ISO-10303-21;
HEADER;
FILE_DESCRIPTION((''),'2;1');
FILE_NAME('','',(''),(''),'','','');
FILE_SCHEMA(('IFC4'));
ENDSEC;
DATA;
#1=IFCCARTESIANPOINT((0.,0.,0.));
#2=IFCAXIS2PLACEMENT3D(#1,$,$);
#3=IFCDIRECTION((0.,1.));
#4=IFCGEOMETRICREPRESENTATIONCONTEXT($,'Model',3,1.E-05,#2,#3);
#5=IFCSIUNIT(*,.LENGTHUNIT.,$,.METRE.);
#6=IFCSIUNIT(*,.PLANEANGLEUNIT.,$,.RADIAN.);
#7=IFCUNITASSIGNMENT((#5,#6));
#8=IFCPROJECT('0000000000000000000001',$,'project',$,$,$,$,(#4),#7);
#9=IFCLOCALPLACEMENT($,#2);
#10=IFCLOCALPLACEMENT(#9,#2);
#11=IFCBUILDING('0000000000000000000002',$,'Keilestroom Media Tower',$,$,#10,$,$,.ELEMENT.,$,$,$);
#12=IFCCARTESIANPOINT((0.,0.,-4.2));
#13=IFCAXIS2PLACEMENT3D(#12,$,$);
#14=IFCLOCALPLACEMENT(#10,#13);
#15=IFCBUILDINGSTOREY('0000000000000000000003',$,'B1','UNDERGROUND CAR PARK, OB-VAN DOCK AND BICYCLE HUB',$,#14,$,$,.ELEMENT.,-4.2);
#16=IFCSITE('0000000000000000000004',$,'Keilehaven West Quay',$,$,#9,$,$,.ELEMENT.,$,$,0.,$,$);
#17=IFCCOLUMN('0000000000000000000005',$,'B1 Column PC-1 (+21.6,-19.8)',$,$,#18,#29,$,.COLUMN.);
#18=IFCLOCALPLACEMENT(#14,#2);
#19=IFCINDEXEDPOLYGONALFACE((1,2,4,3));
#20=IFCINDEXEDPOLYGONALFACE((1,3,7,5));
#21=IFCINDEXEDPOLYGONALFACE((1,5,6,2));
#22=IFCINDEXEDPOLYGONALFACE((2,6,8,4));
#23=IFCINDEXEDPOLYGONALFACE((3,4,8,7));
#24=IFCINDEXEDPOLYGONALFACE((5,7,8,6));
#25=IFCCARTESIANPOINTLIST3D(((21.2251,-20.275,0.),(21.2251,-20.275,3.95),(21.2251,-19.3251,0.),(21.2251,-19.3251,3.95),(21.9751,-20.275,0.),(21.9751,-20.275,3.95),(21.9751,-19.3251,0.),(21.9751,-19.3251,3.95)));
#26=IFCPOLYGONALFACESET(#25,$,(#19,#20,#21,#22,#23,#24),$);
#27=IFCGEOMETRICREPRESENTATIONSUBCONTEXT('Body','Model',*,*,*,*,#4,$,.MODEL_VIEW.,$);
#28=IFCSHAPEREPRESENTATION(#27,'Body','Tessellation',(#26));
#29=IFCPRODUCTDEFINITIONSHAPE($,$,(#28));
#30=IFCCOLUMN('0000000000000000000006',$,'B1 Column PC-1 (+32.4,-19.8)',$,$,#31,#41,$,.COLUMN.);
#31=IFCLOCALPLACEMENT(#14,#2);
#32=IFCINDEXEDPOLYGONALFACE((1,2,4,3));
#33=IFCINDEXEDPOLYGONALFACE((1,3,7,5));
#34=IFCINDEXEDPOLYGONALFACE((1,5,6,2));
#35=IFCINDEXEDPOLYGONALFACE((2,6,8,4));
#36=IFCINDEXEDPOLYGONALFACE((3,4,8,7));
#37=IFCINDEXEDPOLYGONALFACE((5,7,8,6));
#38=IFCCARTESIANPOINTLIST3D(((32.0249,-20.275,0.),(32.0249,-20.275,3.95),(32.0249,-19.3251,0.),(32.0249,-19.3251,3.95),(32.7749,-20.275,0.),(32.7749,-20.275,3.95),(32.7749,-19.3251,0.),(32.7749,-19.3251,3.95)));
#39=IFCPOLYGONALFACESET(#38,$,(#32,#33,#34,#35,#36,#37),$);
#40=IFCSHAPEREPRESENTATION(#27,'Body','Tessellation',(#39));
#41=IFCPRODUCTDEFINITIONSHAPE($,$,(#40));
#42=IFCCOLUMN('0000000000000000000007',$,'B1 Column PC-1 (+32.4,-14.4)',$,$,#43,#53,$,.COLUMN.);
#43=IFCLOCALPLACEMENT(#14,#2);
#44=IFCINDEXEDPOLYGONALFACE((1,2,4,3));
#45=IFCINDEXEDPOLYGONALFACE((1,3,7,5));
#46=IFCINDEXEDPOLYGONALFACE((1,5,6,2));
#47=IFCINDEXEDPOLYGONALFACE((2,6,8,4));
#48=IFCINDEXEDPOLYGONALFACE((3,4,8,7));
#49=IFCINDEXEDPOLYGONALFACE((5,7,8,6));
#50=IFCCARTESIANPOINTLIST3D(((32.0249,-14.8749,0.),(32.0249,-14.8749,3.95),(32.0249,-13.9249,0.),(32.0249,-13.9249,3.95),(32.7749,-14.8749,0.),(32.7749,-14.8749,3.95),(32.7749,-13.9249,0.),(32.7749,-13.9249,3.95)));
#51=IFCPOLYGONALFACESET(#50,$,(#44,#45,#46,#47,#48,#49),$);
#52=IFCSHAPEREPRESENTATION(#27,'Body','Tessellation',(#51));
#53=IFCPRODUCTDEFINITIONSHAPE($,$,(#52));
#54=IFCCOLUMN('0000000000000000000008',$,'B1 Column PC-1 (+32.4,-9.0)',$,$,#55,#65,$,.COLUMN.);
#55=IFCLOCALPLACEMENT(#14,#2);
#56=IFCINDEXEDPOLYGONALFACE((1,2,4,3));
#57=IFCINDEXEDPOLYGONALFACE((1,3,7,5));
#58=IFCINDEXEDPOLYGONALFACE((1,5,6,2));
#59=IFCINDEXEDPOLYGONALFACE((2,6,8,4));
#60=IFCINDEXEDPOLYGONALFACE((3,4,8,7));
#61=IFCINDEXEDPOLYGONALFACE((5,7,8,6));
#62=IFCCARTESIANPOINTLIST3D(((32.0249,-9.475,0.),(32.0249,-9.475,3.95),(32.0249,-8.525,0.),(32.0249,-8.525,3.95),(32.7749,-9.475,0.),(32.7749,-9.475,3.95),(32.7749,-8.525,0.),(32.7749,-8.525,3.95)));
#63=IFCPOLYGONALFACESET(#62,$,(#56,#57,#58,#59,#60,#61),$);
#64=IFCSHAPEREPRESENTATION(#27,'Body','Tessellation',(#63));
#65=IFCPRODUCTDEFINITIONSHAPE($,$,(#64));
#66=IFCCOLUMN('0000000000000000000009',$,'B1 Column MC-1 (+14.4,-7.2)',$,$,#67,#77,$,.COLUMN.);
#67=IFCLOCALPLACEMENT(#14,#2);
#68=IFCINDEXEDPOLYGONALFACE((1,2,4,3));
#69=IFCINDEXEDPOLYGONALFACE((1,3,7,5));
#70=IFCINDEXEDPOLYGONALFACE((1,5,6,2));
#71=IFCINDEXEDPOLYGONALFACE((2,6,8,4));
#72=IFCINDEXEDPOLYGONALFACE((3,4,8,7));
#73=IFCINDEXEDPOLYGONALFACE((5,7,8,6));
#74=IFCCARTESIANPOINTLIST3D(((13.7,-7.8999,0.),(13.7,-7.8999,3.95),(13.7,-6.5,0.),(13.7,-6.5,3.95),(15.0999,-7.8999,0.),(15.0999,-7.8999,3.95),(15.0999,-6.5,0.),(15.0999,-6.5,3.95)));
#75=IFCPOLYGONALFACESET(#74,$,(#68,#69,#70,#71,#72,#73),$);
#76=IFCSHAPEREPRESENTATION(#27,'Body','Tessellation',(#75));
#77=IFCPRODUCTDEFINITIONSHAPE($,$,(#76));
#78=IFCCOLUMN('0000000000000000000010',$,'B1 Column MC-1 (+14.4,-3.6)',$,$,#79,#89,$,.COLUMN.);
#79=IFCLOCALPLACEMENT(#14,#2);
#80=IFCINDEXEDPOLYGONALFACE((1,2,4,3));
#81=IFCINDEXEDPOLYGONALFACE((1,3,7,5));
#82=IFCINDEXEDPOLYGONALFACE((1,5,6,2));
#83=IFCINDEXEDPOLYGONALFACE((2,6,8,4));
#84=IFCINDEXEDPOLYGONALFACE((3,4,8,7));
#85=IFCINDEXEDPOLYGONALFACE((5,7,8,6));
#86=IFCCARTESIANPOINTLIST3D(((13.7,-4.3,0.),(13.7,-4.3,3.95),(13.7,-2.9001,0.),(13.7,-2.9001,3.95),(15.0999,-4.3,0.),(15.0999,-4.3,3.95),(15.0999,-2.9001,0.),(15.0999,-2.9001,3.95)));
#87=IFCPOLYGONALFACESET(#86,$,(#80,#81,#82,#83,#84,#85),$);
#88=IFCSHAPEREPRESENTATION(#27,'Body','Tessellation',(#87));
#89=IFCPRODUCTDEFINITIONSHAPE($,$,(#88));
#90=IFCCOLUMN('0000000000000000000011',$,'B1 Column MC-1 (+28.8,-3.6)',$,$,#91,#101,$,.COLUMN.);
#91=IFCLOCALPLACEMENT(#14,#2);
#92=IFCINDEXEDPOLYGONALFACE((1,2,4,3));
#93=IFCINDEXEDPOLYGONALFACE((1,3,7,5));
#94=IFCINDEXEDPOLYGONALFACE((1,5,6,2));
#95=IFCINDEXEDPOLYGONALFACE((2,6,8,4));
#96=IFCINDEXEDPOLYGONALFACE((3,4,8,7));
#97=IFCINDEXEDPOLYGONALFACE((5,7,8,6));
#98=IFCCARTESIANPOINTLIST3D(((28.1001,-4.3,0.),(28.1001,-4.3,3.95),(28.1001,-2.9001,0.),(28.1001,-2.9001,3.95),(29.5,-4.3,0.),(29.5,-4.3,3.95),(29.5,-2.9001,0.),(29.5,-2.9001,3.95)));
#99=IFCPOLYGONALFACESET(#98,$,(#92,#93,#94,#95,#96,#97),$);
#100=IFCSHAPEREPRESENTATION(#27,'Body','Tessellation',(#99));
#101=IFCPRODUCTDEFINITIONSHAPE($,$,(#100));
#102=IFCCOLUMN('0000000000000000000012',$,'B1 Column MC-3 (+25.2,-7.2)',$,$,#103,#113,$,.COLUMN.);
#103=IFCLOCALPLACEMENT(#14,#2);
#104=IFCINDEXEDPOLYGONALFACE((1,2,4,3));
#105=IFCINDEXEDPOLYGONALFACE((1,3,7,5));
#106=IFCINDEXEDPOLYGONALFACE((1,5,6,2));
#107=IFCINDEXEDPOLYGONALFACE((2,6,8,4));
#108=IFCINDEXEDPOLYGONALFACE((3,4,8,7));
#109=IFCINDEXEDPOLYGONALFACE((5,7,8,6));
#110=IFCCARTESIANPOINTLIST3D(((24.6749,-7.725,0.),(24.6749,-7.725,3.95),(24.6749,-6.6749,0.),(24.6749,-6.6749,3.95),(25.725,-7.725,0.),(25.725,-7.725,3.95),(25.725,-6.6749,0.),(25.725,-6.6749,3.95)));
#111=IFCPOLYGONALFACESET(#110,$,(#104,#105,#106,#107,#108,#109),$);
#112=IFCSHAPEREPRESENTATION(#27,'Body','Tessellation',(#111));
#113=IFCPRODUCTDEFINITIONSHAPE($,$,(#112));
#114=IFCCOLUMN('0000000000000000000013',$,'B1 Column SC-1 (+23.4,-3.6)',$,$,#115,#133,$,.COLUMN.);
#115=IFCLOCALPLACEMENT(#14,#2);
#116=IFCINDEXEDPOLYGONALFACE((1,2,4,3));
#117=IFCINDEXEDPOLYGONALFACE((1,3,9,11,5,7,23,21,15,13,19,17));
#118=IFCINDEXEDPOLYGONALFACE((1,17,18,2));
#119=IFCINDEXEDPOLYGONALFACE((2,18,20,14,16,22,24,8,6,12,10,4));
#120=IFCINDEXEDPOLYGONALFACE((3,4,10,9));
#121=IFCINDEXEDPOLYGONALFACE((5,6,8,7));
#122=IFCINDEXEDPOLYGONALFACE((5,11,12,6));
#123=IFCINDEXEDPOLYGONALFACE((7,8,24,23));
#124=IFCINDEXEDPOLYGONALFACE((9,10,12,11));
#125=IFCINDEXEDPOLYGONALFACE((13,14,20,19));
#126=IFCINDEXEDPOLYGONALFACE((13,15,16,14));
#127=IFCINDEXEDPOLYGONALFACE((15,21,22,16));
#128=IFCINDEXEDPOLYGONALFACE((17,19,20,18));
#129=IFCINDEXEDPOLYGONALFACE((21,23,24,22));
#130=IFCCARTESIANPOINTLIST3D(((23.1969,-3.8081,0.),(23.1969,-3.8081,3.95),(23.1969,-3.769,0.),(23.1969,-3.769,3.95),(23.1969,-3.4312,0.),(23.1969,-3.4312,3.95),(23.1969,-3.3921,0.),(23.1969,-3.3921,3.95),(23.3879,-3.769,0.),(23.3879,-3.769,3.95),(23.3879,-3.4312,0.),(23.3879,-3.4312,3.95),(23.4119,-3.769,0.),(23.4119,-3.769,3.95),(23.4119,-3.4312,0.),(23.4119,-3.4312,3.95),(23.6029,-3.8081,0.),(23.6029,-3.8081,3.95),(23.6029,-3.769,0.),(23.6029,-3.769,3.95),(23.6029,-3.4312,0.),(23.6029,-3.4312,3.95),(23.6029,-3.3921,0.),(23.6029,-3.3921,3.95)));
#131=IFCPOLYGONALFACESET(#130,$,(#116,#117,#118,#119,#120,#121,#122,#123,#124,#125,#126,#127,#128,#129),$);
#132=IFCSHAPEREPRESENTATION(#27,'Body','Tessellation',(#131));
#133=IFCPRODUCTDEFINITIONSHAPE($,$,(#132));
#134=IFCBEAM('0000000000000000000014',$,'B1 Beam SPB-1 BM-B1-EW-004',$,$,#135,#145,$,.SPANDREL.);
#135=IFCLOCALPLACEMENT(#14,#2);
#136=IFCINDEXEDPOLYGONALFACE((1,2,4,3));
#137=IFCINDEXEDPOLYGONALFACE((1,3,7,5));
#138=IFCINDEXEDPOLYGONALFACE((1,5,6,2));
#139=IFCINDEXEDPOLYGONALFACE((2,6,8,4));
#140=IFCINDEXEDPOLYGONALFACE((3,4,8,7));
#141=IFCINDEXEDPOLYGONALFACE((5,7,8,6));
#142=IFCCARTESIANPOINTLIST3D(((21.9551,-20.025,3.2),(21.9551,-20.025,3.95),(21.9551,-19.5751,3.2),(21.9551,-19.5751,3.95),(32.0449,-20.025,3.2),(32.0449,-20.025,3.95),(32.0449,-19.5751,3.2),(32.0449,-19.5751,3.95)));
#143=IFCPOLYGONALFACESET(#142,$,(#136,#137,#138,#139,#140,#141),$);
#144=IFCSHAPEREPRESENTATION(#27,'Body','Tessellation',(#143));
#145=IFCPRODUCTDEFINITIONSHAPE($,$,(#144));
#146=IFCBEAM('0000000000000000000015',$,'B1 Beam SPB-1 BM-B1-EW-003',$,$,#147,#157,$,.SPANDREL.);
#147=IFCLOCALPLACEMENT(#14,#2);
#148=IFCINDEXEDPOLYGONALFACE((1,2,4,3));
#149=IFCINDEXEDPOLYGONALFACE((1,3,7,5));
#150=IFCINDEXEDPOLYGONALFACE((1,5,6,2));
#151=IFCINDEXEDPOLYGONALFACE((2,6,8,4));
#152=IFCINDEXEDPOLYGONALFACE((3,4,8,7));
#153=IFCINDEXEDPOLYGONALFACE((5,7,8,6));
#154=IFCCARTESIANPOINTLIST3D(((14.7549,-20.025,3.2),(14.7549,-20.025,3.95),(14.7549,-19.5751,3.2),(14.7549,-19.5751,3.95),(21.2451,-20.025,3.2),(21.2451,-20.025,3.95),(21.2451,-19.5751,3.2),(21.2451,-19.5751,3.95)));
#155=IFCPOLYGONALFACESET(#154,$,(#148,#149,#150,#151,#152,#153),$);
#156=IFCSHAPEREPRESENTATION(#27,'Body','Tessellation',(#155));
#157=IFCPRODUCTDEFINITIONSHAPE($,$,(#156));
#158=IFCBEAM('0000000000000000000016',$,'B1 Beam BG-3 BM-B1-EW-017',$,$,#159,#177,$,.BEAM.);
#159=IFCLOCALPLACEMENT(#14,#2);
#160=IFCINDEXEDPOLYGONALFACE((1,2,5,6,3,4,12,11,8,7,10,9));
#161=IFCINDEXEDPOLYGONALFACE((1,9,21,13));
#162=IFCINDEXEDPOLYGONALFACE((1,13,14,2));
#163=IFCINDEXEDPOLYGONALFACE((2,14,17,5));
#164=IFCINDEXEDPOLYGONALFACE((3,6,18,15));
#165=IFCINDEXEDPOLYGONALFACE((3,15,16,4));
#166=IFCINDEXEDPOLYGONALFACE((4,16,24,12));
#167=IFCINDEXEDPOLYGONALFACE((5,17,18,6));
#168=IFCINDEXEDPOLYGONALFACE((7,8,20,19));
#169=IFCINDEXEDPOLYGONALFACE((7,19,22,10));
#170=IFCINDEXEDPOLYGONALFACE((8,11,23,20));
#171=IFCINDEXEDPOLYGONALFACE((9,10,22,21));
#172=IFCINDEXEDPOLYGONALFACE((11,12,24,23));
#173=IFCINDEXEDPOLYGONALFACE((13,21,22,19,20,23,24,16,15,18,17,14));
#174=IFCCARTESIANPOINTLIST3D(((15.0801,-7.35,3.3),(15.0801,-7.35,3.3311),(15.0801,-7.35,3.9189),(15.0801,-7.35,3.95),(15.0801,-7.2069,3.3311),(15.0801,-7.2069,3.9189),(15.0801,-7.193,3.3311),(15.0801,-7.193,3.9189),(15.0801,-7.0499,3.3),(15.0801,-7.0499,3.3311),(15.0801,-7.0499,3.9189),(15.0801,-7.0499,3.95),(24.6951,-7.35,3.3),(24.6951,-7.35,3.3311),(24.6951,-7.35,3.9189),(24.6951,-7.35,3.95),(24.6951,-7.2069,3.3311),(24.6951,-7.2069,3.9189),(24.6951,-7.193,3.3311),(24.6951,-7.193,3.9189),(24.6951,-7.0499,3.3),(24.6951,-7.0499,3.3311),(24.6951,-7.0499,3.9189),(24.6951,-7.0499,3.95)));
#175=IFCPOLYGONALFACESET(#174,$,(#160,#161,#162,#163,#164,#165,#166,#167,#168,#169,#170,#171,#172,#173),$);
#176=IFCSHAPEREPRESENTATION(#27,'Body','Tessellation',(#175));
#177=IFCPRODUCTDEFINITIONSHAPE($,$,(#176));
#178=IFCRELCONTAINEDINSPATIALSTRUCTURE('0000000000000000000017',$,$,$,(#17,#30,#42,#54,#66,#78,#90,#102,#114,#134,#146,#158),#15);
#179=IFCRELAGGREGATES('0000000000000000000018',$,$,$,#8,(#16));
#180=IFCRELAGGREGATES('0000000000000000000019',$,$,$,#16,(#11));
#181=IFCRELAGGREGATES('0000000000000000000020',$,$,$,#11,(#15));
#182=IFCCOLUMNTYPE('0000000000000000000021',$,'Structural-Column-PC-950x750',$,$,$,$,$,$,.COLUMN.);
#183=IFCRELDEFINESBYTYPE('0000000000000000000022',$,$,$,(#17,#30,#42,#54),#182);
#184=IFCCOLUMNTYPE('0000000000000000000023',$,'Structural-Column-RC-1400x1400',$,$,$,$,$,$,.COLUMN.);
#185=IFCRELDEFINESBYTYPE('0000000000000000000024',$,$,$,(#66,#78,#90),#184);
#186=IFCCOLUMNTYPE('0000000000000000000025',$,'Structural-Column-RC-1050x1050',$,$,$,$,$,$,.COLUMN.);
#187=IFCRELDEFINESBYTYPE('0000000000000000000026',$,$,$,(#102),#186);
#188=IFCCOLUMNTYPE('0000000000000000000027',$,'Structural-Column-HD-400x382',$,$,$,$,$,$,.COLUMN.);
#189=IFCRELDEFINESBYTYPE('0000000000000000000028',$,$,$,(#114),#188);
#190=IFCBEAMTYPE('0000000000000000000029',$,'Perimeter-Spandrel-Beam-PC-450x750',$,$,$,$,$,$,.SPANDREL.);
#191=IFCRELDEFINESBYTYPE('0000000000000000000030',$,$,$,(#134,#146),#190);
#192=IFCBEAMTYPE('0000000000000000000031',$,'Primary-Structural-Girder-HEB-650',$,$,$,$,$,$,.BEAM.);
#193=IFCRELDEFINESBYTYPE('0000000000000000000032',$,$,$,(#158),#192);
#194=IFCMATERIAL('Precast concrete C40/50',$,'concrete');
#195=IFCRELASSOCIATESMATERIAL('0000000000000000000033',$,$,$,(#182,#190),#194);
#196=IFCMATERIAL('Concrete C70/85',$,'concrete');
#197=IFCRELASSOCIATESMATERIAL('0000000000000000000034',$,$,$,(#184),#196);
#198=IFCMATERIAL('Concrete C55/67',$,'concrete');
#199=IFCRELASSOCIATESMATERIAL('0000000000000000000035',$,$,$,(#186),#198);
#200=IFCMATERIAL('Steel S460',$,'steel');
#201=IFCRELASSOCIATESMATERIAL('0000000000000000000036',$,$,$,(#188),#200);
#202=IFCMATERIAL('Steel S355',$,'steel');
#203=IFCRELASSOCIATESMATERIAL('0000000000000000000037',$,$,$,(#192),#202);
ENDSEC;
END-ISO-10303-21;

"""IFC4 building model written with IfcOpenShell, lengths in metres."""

from ifc_helpers import new_model, si_unit, direction, frame, origin, origin_2d, place, context, subcontext, project, spatial, rectangle, i_section, extrude, source, transform, mapped, material, material_profile, profile_set, type_object, element, save


model = new_model("IFC4")

# Units and contexts
model_context = context("Model", 3, precision=1e-05, world=origin(), true_north=direction((0.0, 1.0)))
body_context = subcontext(model_context, "Body", "Model", "MODEL_VIEW")
ifc_project = project(units=[si_unit("LENGTHUNIT", "METRE"), si_unit("PLANEANGLEUNIT", "RADIAN")], contexts=[model_context])

# Site, building, storey
site_placement = place(None, origin())
site = spatial("IfcSite", under=ifc_project, at=site_placement, Name="Keilehaven West Quay", CompositionType="ELEMENT", RefElevation=0.0)
building_placement = place(site_placement, origin())
building = spatial("IfcBuilding", under=site, at=building_placement, Name="Keilestroom Media Tower", CompositionType="ELEMENT")
storey_placement = place(building_placement, frame((0.0, 0.0, -4.2)))
storey = spatial("IfcBuildingStorey", under=building, at=storey_placement, Name="B1", Description="UNDERGROUND CAR PARK, OB-VAN DOCK AND BICYCLE HUB", CompositionType="ELEMENT", Elevation=-4.2)

# Columns
ifc_material_1 = material(Name="Precast concrete C40/50", Category="concrete")
ifc_material_profile_1 = material_profile(ifc_material_1, rectangle(XDim=0.75, YDim=0.95, at=origin_2d()), Name="PC 950x750")
ifc_profile_set_1 = profile_set([ifc_material_profile_1], Name="Precast concrete C40/50")
column_type_1 = type_object("IfcColumnType", Name="Structural-Column-PC-950x750", PredefinedType="COLUMN", material=ifc_profile_set_1)
shared_shape_1 = source(origin(), body_context, "Body", "SweptSolid", [
    extrude(rectangle(XDim=0.75, YDim=0.95, at=origin_2d()), origin(), (0.0, 0.0, 1.0), 3.95),
])
for number, where, z_axis, x_axis, name in (
    (1, (21.6001, -19.8, 0.0), (0.0, 0.0, 1.0), (1.0, 0.0, 0.0), "B1 Column PC-1 (+21.6,-19.8)"),
    (2, (32.3999, -19.8, 0.0), (0.0, 0.0, 1.0), (1.0, 0.0, 0.0), "B1 Column PC-1 (+32.4,-19.8)"),
    (3, (32.3999, -14.3999, 0.0), (0.0, 0.0, 1.0), (1.0, 0.0, 0.0), "B1 Column PC-1 (+32.4,-14.4)"),
    (4, (32.3999, -9.0, 0.0), (0.0, 0.0, 1.0), (1.0, 0.0, 0.0), "B1 Column PC-1 (+32.4,-9.0)"),
):
    element("IfcColumn", number, at=place(storey_placement, frame(where, z_axis=z_axis, x_axis=x_axis)), inside=storey, type_object=column_type_1, Name=name, PredefinedType="COLUMN", context=body_context, shape_type="MappedRepresentation", body=[
        mapped(shared_shape_1, transform((0.0, 0.0, 0.0), x_axis=(1.0, 0.0, 0.0), y_axis=(0.0, 1.0, 0.0), z_axis=(0.0, 0.0, 1.0), scale=1.0)),
    ])
ifc_material_2 = material(Name="Concrete C70/85", Category="concrete")
ifc_material_profile_2 = material_profile(ifc_material_2, rectangle(XDim=1.3999, YDim=1.3999, at=origin_2d()), Name="RC 1400x1400")
ifc_profile_set_2 = profile_set([ifc_material_profile_2], Name="Concrete C70/85")
column_type_2 = type_object("IfcColumnType", Name="Structural-Column-RC-1400x1400", PredefinedType="COLUMN", material=ifc_profile_set_2)
shared_shape_2 = source(origin(), body_context, "Body", "SweptSolid", [
    extrude(rectangle(XDim=1.3999, YDim=1.3999, at=origin_2d()), origin(), (0.0, 0.0, 1.0), 3.95),
])
for number, where, z_axis, x_axis, name in (
    (5, (14.3999, -7.2, 0.0), (0.0, 0.0, 1.0), (1.0, 0.0, 0.0), "B1 Column MC-1 (+14.4,-7.2)"),
    (6, (14.3999, -3.6001, 0.0), (0.0, 0.0, 1.0), (1.0, 0.0, 0.0), "B1 Column MC-1 (+14.4,-3.6)"),
    (7, (28.8, -3.6001, 0.0), (0.0, 0.0, 1.0), (1.0, 0.0, 0.0), "B1 Column MC-1 (+28.8,-3.6)"),
):
    element("IfcColumn", number, at=place(storey_placement, frame(where, z_axis=z_axis, x_axis=x_axis)), inside=storey, type_object=column_type_2, Name=name, PredefinedType="COLUMN", context=body_context, shape_type="MappedRepresentation", body=[
        mapped(shared_shape_2, transform((0.0, 0.0, 0.0), x_axis=(1.0, 0.0, 0.0), y_axis=(0.0, 1.0, 0.0), z_axis=(0.0, 0.0, 1.0), scale=1.0)),
    ])
ifc_material_3 = material(Name="Concrete C55/67", Category="concrete")
ifc_material_profile_3 = material_profile(ifc_material_3, rectangle(XDim=1.05, YDim=1.05, at=origin_2d()), Name="RC 1050x1050")
ifc_profile_set_3 = profile_set([ifc_material_profile_3], Name="Concrete C55/67")
column_type_3 = type_object("IfcColumnType", Name="Structural-Column-RC-1050x1050", PredefinedType="COLUMN", material=ifc_profile_set_3)
shared_shape_3 = source(origin(), body_context, "Body", "SweptSolid", [
    extrude(rectangle(XDim=1.05, YDim=1.05, at=origin_2d()), origin(), (0.0, 0.0, 1.0), 3.95),
])
column_1_placement = place(storey_placement, frame((25.2, -7.2, 0.0), z_axis=(0.0, 0.0, 1.0), x_axis=(1.0, 0.0, 0.0)))
element("IfcColumn", 8, at=column_1_placement, inside=storey, type_object=column_type_3, Name="B1 Column MC-3 (+25.2,-7.2)", PredefinedType="COLUMN", context=body_context, shape_type="MappedRepresentation", body=[
    mapped(shared_shape_3, transform((0.0, 0.0, 0.0), x_axis=(1.0, 0.0, 0.0), y_axis=(0.0, 1.0, 0.0), z_axis=(0.0, 0.0, 1.0), scale=1.0)),
])
ifc_material_4 = material(Name="Steel S460", Category="steel")
ifc_material_profile_4 = material_profile(ifc_material_4, i_section(OverallWidth=0.406, OverallDepth=0.416, WebThickness=0.0239, FlangeThickness=0.0391, at=origin_2d()), Name="HD 400x382")
ifc_profile_set_4 = profile_set([ifc_material_profile_4], Name="Steel S460")
column_type_4 = type_object("IfcColumnType", Name="Structural-Column-HD-400x382", PredefinedType="COLUMN", material=ifc_profile_set_4)
shared_shape_4 = source(origin(), body_context, "Body", "SweptSolid", [
    extrude(i_section(OverallWidth=0.406, OverallDepth=0.416, WebThickness=0.0239, FlangeThickness=0.0391, at=origin_2d()), origin(), (0.0, 0.0, 1.0), 3.95),
])
column_2_placement = place(storey_placement, frame((23.3999, -3.6001, 0.0), z_axis=(0.0, 0.0, 1.0), x_axis=(1.0, 0.0, 0.0)))
element("IfcColumn", 9, at=column_2_placement, inside=storey, type_object=column_type_4, Name="B1 Column SC-1 (+23.4,-3.6)", PredefinedType="COLUMN", context=body_context, shape_type="MappedRepresentation", body=[
    mapped(shared_shape_4, transform((0.0, 0.0, 0.0), x_axis=(1.0, 0.0, 0.0), y_axis=(0.0, 1.0, 0.0), z_axis=(0.0, 0.0, 1.0), scale=1.0)),
])

# Beams
ifc_material_profile_5 = material_profile(ifc_material_1, rectangle(XDim=0.45, YDim=0.75, at=origin_2d()), Name="PC 450x750")
ifc_profile_set_5 = profile_set([ifc_material_profile_5], Name="Precast concrete C40/50")
beam_type_1 = type_object("IfcBeamType", Name="Perimeter-Spandrel-Beam-PC-450x750", PredefinedType="SPANDREL", material=ifc_profile_set_5)
shared_shape_5 = source(origin(), body_context, "Body", "SweptSolid", [
    extrude(rectangle(XDim=0.45, YDim=0.75, at=origin_2d()), origin(), (0.0, 0.0, 1.0), 10.0898),
])
beam_1_placement = place(storey_placement, frame((21.9551, -19.8, 3.575), z_axis=(1.0, 0.0, 0.0), x_axis=(0.0, 1.0, 0.0)))
element("IfcBeam", 10, at=beam_1_placement, inside=storey, type_object=beam_type_1, Name="B1 Beam SPB-1 BM-B1-EW-004", PredefinedType="SPANDREL", context=body_context, shape_type="MappedRepresentation", body=[
    mapped(shared_shape_5, transform((0.0, 0.0, 0.0), x_axis=(1.0, 0.0, 0.0), y_axis=(0.0, 1.0, 0.0), z_axis=(0.0, 0.0, 1.0), scale=1.0)),
])
shared_shape_6 = source(origin(), body_context, "Body", "SweptSolid", [
    extrude(rectangle(XDim=0.45, YDim=0.75, at=origin_2d()), origin(), (0.0, 0.0, 1.0), 6.4902),
])
beam_2_placement = place(storey_placement, frame((14.7549, -19.8, 3.575), z_axis=(1.0, 0.0, 0.0), x_axis=(0.0, 1.0, 0.0)))
element("IfcBeam", 11, at=beam_2_placement, inside=storey, type_object=beam_type_1, Name="B1 Beam SPB-1 BM-B1-EW-003", PredefinedType="SPANDREL", context=body_context, shape_type="MappedRepresentation", body=[
    mapped(shared_shape_6, transform((0.0, 0.0, 0.0), x_axis=(1.0, 0.0, 0.0), y_axis=(0.0, 1.0, 0.0), z_axis=(0.0, 0.0, 1.0), scale=1.0)),
])
ifc_material_5 = material(Name="Steel S355", Category="steel")
ifc_material_profile_6 = material_profile(ifc_material_5, i_section(OverallWidth=0.3, OverallDepth=0.6499, WebThickness=0.0139, FlangeThickness=0.031, at=origin_2d()), Name="HEB 650")
ifc_profile_set_6 = profile_set([ifc_material_profile_6], Name="Steel S355")
beam_type_2 = type_object("IfcBeamType", Name="Primary-Structural-Girder-HEB-650", PredefinedType="BEAM", material=ifc_profile_set_6)
shared_shape_7 = source(origin(), body_context, "Body", "SweptSolid", [
    extrude(i_section(OverallWidth=0.3, OverallDepth=0.6499, WebThickness=0.0139, FlangeThickness=0.031, at=origin_2d()), origin(), (0.0, 0.0, 1.0), 9.615),
])
beam_3_placement = place(storey_placement, frame((15.0801, -7.2, 3.625), z_axis=(1.0, 0.0, 0.0), x_axis=(0.0, 1.0, 0.0)))
element("IfcBeam", 12, at=beam_3_placement, inside=storey, type_object=beam_type_2, Name="B1 Beam BG-3 BM-B1-EW-017", PredefinedType="BEAM", context=body_context, shape_type="MappedRepresentation", body=[
    mapped(shared_shape_7, transform((0.0, 0.0, 0.0), x_axis=(1.0, 0.0, 0.0), y_axis=(0.0, 1.0, 0.0), z_axis=(0.0, 0.0, 1.0), scale=1.0)),
])

save(model, "model.ifc")
